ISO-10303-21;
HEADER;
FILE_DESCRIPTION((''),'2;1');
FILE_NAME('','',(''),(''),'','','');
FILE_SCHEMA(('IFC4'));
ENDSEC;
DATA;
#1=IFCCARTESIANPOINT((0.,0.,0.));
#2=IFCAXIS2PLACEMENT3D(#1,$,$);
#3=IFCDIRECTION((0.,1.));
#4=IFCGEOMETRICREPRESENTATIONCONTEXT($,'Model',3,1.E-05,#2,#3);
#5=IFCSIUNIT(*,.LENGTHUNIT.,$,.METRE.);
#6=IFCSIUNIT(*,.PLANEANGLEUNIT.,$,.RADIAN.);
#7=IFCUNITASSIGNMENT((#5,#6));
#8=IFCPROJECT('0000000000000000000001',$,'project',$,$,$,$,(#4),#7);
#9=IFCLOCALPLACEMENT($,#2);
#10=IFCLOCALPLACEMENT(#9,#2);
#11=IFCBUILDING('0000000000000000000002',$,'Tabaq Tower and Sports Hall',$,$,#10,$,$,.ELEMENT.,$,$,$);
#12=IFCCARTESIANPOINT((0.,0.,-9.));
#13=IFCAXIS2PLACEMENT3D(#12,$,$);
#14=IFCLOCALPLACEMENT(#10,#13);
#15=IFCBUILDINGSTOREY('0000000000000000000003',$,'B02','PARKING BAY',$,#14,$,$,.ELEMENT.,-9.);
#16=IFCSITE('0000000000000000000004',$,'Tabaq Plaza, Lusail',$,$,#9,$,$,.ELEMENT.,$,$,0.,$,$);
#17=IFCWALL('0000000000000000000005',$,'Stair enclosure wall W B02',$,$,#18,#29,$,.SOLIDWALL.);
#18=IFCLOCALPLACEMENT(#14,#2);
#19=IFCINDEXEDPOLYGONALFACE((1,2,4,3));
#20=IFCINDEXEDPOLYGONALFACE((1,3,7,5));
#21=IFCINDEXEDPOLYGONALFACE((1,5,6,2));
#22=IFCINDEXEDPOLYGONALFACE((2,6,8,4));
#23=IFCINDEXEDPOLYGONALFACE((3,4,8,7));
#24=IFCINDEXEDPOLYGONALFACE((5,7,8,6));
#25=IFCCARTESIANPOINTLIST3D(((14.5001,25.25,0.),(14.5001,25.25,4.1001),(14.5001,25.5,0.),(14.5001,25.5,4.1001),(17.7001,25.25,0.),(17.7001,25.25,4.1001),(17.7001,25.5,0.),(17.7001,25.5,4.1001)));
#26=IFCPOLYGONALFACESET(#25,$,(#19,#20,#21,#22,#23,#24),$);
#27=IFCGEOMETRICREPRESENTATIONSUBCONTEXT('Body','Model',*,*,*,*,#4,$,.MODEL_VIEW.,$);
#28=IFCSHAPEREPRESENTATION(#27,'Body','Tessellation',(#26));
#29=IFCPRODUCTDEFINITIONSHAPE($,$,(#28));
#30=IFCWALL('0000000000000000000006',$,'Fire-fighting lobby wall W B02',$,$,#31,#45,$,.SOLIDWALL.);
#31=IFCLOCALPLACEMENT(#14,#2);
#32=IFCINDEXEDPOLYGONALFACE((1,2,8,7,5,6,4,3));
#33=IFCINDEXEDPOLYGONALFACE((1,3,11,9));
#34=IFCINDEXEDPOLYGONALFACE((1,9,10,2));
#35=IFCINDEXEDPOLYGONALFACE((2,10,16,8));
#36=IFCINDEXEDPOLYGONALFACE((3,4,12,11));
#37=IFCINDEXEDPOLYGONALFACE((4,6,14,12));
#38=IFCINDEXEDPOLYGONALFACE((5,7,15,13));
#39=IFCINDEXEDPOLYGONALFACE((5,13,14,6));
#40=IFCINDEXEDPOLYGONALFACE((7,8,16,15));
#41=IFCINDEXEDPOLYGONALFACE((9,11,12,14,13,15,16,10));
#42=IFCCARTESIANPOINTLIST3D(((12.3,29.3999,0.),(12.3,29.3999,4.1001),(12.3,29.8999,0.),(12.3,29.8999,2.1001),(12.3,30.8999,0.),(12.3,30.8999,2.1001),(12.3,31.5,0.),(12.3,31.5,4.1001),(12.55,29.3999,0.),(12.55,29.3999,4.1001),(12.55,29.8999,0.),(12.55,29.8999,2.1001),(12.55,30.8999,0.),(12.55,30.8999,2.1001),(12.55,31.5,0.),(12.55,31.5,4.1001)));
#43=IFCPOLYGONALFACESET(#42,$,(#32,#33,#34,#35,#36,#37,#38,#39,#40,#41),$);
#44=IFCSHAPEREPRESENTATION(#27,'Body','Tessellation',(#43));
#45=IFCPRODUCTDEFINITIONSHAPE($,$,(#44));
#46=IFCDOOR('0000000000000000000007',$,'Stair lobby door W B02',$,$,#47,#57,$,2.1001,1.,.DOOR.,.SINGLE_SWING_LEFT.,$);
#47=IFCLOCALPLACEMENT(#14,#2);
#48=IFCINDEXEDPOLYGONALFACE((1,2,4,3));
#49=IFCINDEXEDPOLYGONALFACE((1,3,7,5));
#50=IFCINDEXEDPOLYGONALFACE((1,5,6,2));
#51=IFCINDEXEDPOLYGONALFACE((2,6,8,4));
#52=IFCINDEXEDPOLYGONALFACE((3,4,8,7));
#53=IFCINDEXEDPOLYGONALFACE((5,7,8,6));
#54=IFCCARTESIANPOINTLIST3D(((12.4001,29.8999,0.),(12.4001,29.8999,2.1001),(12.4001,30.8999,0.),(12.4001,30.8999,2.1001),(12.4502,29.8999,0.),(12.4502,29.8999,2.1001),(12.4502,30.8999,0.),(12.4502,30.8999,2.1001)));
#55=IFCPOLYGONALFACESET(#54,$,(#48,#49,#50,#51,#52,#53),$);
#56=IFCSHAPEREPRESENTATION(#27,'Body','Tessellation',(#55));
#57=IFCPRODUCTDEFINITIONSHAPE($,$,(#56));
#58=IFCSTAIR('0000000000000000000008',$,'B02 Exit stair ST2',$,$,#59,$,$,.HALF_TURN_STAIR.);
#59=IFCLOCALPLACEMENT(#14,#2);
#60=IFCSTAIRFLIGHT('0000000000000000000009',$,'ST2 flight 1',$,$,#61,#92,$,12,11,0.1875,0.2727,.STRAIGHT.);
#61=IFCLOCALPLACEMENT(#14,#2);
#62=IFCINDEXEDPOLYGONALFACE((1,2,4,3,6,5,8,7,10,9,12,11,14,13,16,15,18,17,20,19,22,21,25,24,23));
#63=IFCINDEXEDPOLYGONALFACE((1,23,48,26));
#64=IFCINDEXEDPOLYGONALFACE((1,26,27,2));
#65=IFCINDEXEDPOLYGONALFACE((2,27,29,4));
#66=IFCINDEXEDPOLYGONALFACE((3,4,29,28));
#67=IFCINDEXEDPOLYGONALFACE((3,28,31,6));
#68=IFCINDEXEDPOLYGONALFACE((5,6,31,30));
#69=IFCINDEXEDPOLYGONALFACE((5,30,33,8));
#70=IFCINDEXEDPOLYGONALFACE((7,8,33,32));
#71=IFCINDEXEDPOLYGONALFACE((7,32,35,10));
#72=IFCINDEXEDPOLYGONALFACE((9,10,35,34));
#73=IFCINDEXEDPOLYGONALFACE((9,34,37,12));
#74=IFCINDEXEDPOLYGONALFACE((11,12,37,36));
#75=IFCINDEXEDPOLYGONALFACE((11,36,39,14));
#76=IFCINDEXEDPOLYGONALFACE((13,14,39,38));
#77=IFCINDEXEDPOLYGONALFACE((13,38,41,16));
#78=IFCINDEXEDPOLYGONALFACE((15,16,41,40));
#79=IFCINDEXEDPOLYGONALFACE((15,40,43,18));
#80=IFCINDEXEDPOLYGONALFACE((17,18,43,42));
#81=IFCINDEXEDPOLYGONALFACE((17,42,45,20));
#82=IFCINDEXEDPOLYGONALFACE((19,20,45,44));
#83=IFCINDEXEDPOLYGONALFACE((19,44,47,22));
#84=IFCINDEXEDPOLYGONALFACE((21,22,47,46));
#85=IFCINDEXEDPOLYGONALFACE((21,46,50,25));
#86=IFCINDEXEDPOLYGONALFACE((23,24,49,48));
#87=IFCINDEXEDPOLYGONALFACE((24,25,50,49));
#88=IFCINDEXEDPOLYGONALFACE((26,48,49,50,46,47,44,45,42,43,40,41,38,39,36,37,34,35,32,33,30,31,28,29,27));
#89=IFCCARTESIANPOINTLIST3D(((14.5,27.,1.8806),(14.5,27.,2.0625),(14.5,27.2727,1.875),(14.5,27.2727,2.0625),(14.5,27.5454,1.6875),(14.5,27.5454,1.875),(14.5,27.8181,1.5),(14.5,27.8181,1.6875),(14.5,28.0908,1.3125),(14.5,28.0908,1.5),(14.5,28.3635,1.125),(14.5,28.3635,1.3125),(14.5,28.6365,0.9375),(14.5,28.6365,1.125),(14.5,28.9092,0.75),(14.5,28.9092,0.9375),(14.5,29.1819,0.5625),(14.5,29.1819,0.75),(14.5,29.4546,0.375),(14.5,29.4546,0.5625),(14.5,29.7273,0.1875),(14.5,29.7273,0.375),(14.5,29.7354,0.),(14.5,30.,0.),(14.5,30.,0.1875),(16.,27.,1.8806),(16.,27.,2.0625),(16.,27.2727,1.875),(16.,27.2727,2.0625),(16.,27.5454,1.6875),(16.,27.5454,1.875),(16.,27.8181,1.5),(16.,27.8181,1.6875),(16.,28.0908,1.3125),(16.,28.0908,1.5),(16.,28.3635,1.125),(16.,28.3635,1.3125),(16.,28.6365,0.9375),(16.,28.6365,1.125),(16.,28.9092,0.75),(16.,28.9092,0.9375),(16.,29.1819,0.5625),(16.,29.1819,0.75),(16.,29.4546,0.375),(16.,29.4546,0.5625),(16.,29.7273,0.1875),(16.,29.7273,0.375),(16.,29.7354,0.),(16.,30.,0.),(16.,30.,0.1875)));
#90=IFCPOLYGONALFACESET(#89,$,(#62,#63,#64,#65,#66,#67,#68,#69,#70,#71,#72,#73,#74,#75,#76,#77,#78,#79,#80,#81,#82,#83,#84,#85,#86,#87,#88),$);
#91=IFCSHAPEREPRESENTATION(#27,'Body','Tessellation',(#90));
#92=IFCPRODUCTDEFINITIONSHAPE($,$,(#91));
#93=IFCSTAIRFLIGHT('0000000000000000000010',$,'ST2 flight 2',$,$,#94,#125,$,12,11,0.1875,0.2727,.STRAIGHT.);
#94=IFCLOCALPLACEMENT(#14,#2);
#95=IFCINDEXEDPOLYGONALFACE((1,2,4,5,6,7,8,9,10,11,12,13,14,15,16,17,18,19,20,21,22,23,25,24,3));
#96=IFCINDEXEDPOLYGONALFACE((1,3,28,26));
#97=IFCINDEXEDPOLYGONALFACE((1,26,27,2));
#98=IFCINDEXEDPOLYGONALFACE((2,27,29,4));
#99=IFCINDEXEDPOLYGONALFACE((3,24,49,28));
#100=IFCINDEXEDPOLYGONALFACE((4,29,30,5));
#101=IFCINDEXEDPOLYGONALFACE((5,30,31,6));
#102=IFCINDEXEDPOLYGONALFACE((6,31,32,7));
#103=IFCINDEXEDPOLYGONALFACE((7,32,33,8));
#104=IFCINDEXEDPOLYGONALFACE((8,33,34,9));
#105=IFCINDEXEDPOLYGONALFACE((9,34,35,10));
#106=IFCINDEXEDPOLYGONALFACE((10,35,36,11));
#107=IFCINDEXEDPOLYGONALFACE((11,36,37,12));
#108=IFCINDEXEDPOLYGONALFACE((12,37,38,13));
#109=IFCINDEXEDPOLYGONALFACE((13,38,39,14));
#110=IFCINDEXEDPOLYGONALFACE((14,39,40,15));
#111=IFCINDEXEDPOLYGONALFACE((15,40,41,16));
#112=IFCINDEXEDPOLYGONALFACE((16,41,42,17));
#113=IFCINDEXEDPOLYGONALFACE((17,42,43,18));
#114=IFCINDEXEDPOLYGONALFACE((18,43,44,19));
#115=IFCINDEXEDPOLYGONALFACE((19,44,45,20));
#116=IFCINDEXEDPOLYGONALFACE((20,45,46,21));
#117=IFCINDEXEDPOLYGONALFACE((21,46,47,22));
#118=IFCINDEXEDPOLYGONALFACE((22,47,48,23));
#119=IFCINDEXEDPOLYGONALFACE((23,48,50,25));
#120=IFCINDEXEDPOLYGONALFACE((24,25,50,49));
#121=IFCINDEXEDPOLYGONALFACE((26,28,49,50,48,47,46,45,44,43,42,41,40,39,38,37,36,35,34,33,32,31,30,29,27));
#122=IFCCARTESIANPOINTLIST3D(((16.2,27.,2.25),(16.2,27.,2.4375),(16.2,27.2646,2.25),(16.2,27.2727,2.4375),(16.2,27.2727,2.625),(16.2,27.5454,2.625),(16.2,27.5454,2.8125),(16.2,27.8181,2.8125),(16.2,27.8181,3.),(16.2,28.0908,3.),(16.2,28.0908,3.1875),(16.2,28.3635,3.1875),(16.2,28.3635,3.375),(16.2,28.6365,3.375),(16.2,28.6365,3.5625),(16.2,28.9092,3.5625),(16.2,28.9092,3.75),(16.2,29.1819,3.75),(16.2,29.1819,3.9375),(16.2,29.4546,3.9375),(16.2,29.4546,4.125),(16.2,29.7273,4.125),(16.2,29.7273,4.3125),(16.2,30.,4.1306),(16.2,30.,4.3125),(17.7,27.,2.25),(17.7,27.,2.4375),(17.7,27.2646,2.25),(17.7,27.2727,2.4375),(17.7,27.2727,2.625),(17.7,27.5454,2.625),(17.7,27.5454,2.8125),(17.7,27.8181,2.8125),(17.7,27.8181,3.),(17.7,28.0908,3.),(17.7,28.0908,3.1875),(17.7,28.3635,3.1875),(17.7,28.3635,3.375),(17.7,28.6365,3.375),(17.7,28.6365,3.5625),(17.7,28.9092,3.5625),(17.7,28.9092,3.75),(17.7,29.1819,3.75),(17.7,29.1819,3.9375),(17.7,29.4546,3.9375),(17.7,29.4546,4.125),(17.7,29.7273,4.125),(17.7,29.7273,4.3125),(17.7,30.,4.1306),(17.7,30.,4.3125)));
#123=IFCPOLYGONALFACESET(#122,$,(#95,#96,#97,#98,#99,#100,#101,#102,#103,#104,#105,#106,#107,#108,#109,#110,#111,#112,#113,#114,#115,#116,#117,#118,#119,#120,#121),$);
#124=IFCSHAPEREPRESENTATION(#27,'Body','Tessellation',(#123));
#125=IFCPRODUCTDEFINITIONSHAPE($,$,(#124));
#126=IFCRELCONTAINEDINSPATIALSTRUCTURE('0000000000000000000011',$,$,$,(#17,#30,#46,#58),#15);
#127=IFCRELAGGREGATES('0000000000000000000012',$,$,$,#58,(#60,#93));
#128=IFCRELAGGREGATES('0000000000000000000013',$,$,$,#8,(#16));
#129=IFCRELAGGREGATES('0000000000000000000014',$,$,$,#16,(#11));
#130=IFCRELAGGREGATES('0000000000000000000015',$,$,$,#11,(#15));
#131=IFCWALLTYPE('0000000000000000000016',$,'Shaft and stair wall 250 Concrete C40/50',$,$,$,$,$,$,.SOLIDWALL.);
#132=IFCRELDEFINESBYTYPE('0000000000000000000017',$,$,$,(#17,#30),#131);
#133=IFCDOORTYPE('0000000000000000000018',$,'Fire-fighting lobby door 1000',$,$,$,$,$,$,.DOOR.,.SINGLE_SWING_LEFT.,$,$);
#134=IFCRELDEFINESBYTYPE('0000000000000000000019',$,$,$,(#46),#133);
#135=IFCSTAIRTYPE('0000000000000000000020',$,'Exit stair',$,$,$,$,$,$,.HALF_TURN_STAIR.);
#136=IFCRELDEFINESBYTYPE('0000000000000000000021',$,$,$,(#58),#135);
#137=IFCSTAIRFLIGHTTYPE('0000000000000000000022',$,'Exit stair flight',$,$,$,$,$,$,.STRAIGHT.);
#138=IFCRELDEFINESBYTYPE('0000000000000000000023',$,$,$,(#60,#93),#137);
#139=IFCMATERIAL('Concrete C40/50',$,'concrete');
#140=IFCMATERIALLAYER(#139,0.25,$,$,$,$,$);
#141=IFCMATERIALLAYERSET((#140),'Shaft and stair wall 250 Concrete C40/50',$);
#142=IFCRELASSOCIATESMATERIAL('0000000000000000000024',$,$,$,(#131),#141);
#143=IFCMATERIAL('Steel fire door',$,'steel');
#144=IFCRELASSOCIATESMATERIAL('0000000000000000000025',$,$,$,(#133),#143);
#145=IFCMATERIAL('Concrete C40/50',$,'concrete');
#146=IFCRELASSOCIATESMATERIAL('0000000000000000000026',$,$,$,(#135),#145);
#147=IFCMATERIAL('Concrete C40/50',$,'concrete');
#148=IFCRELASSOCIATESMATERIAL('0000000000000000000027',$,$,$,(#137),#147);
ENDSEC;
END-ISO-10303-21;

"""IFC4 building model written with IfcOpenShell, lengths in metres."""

from ifc_helpers import new_model, si_unit, direction, frame, frame_2d, origin, place, context, subcontext, project, spatial, polyline, rectangle, outline, extrude, material, layer, layer_set, type_object, element, fill, aggregate, save


model = new_model("IFC4")

# Units and contexts
model_context = context("Model", 3, precision=1e-05, world=origin(), true_north=direction((0.0, 1.0)))
body_context = subcontext(model_context, "Body", "Model", "MODEL_VIEW")
ifc_project = project(units=[si_unit("LENGTHUNIT", "METRE"), si_unit("PLANEANGLEUNIT", "RADIAN")], contexts=[model_context])

# Site, building, storey
site_placement = place(None, origin())
site = spatial("IfcSite", under=ifc_project, at=site_placement, Name="Tabaq Plaza, Lusail", CompositionType="ELEMENT", RefElevation=0.0)
building_placement = place(site_placement, origin())
building = spatial("IfcBuilding", under=site, at=building_placement, Name="Tabaq Tower and Sports Hall", CompositionType="ELEMENT")
storey_placement = place(building_placement, frame((0.0, 0.0, -9.0)))
storey = spatial("IfcBuildingStorey", under=building, at=storey_placement, Name="B02", Description="PARKING BAY", CompositionType="ELEMENT", Elevation=-9.0)

# Wall
ifc_material_1 = material(Name="Concrete C40/50", Category="concrete")
ifc_layer_1 = layer(ifc_material_1, 0.25)
ifc_layer_set_1 = layer_set([ifc_layer_1], Name="Shaft and stair wall 250 Concrete C40/50")
wall_type_1 = type_object("IfcWallType", Name="Shaft and stair wall 250 Concrete C40/50", PredefinedType="SOLIDWALL", material=ifc_layer_set_1)
wall_1_placement = place(storey_placement, frame((14.5, 25.375, 0.0), z_axis=(0.0, 0.0, 1.0), x_axis=(1.0, 0.0, 0.0)))
element("IfcWall", 1, at=wall_1_placement, inside=storey, type_object=wall_type_1, Name="Stair enclosure wall W B02", PredefinedType="SOLIDWALL", context=body_context, shape_type="SweptSolid", body=[
    extrude(rectangle(XDim=3.2, YDim=0.25, at=frame_2d((1.6001, 0.0))), origin(), (0.0, 0.0, 1.0), 4.1001),
])

# Wall, opening, door
wall_2_placement = place(storey_placement, frame((12.425, 29.3999, 0.0), z_axis=(0.0, 0.0, 1.0), x_axis=(0.0, 1.0, 0.0)))
wall_2 = element("IfcWall", 2, at=wall_2_placement, inside=storey, type_object=wall_type_1, Name="Fire-fighting lobby wall W B02", PredefinedType="SOLIDWALL", context=body_context, shape_type="SweptSolid", body=[
    extrude(rectangle(XDim=2.1001, YDim=0.25, at=frame_2d((1.05, 0.0))), origin(), (0.0, 0.0, 1.0), 4.1001),
])
opening_1_placement = place(wall_2_placement, frame((0.5, 0.0, 0.0)))
opening_1 = element("IfcOpeningElement", 3, at=opening_1_placement, cuts=wall_2, PredefinedType="OPENING", context=body_context, shape_type="SweptSolid", body=[
    extrude(rectangle(XDim=1.0, YDim=2.1001, at=frame_2d((0.5, 1.05))), frame((0.0, 0.125, 0.0), z_axis=(0.0, -1.0, 0.0), x_axis=(1.0, 0.0, 0.0)), (0.0, 0.0, 1.0), 0.25),
])
ifc_material_2 = material(Name="Steel fire door", Category="steel")
door_type_1 = type_object("IfcDoorType", Name="Fire-fighting lobby door 1000", OperationType="SINGLE_SWING_LEFT", PredefinedType="DOOR", material=ifc_material_2)
door_1_placement = place(opening_1_placement, origin())
door_1 = element("IfcDoor", 4, at=door_1_placement, inside=storey, type_object=door_type_1, Name="Stair lobby door W B02", OperationType="SINGLE_SWING_LEFT", OverallHeight=2.1001, OverallWidth=1.0, PredefinedType="DOOR", context=body_context, shape_type="SweptSolid", body=[
    extrude(rectangle(XDim=1.0, YDim=2.1001, at=frame_2d((0.5, 1.05))), frame((0.0, 0.0249, 0.0), z_axis=(0.0, -1.0, 0.0), x_axis=(1.0, 0.0, 0.0)), (0.0, 0.0, 1.0), 0.05),
])
fill(opening_1, door_1)

# Stair, stair flights
ifc_material_3 = material(Name="Concrete C40/50", Category="concrete")
stair_type = type_object("IfcStairType", Name="Exit stair", PredefinedType="HALF_TURN_STAIR", material=ifc_material_3)
stair_placement = place(storey_placement, origin())
stair = element("IfcStair", 5, at=stair_placement, inside=storey, type_object=stair_type, Name="B02 Exit stair ST2", PredefinedType="HALF_TURN_STAIR")
ifc_material_4 = material(Name="Concrete C40/50", Category="concrete")
stair_flight_type = type_object("IfcStairFlightType", Name="Exit stair flight", PredefinedType="STRAIGHT", material=ifc_material_4)
stair_flight_1_placement = place(storey_placement, frame((15.25, 30.0, 0.0), z_axis=(0.0, 0.0, 1.0), x_axis=(0.0, -1.0, 0.0)))
stair_flight_1 = element("IfcStairFlight", 6, at=stair_flight_1_placement, type_object=stair_flight_type, Name="ST2 flight 1", NumberOfRisers=12, NumberOfTreads=11, PredefinedType="STRAIGHT", RiserHeight=0.1875, TreadLength=0.2727, context=body_context, shape_type="SweptSolid", body=[
    extrude(outline(polyline([(0.0, 0.0), (0.0, 0.1875), (0.2727, 0.1875), (0.2727, 0.375), (0.5454, 0.375), (0.5454, 0.5625), (0.8181, 0.5625), (0.8181, 0.75), (1.0908, 0.75), (1.0908, 0.9375), (1.3635, 0.9375), (1.3635, 1.125), (1.6365, 1.125), (1.6365, 1.3125), (1.9092, 1.3125), (1.9092, 1.5), (2.1819, 1.5), (2.1819, 1.6875), (2.4546, 1.6875), (2.4546, 1.875), (2.7273, 1.875), (2.7273, 2.0625), (3.0, 2.0625), (3.0, 2.25), (3.0, 1.8806), (0.2646, 0.0), (0.0, 0.0)])), frame((0.0, 0.75, 0.0), z_axis=(0.0, -1.0, 0.0), x_axis=(1.0, 0.0, 0.0)), (0.0, 0.0, 1.0), 1.5),
])
stair_flight_2_placement = place(storey_placement, frame((16.95, 27.0, 2.25), z_axis=(0.0, 0.0, 1.0), x_axis=(0.0, 1.0, 0.0)))
stair_flight_2 = element("IfcStairFlight", 7, at=stair_flight_2_placement, type_object=stair_flight_type, Name="ST2 flight 2", NumberOfRisers=12, NumberOfTreads=11, PredefinedType="STRAIGHT", RiserHeight=0.1875, TreadLength=0.2727, context=body_context, shape_type="SweptSolid", body=[
    extrude(outline(polyline([(0.0, 0.0), (0.0, 0.1875), (0.2727, 0.1875), (0.2727, 0.375), (0.5454, 0.375), (0.5454, 0.5625), (0.8181, 0.5625), (0.8181, 0.75), (1.0908, 0.75), (1.0908, 0.9375), (1.3635, 0.9375), (1.3635, 1.125), (1.6365, 1.125), (1.6365, 1.3125), (1.9092, 1.3125), (1.9092, 1.5), (2.1819, 1.5), (2.1819, 1.6875), (2.4546, 1.6875), (2.4546, 1.875), (2.7273, 1.875), (2.7273, 2.0625), (3.0, 2.0625), (3.0, 2.25), (3.0, 1.8806), (0.2646, 0.0), (0.0, 0.0)])), frame((0.0, 0.75, 0.0), z_axis=(0.0, -1.0, 0.0), x_axis=(1.0, 0.0, 0.0)), (0.0, 0.0, 1.0), 1.5),
])
aggregate(stair, [stair_flight_1, stair_flight_2])

save(model, "model.ifc")
